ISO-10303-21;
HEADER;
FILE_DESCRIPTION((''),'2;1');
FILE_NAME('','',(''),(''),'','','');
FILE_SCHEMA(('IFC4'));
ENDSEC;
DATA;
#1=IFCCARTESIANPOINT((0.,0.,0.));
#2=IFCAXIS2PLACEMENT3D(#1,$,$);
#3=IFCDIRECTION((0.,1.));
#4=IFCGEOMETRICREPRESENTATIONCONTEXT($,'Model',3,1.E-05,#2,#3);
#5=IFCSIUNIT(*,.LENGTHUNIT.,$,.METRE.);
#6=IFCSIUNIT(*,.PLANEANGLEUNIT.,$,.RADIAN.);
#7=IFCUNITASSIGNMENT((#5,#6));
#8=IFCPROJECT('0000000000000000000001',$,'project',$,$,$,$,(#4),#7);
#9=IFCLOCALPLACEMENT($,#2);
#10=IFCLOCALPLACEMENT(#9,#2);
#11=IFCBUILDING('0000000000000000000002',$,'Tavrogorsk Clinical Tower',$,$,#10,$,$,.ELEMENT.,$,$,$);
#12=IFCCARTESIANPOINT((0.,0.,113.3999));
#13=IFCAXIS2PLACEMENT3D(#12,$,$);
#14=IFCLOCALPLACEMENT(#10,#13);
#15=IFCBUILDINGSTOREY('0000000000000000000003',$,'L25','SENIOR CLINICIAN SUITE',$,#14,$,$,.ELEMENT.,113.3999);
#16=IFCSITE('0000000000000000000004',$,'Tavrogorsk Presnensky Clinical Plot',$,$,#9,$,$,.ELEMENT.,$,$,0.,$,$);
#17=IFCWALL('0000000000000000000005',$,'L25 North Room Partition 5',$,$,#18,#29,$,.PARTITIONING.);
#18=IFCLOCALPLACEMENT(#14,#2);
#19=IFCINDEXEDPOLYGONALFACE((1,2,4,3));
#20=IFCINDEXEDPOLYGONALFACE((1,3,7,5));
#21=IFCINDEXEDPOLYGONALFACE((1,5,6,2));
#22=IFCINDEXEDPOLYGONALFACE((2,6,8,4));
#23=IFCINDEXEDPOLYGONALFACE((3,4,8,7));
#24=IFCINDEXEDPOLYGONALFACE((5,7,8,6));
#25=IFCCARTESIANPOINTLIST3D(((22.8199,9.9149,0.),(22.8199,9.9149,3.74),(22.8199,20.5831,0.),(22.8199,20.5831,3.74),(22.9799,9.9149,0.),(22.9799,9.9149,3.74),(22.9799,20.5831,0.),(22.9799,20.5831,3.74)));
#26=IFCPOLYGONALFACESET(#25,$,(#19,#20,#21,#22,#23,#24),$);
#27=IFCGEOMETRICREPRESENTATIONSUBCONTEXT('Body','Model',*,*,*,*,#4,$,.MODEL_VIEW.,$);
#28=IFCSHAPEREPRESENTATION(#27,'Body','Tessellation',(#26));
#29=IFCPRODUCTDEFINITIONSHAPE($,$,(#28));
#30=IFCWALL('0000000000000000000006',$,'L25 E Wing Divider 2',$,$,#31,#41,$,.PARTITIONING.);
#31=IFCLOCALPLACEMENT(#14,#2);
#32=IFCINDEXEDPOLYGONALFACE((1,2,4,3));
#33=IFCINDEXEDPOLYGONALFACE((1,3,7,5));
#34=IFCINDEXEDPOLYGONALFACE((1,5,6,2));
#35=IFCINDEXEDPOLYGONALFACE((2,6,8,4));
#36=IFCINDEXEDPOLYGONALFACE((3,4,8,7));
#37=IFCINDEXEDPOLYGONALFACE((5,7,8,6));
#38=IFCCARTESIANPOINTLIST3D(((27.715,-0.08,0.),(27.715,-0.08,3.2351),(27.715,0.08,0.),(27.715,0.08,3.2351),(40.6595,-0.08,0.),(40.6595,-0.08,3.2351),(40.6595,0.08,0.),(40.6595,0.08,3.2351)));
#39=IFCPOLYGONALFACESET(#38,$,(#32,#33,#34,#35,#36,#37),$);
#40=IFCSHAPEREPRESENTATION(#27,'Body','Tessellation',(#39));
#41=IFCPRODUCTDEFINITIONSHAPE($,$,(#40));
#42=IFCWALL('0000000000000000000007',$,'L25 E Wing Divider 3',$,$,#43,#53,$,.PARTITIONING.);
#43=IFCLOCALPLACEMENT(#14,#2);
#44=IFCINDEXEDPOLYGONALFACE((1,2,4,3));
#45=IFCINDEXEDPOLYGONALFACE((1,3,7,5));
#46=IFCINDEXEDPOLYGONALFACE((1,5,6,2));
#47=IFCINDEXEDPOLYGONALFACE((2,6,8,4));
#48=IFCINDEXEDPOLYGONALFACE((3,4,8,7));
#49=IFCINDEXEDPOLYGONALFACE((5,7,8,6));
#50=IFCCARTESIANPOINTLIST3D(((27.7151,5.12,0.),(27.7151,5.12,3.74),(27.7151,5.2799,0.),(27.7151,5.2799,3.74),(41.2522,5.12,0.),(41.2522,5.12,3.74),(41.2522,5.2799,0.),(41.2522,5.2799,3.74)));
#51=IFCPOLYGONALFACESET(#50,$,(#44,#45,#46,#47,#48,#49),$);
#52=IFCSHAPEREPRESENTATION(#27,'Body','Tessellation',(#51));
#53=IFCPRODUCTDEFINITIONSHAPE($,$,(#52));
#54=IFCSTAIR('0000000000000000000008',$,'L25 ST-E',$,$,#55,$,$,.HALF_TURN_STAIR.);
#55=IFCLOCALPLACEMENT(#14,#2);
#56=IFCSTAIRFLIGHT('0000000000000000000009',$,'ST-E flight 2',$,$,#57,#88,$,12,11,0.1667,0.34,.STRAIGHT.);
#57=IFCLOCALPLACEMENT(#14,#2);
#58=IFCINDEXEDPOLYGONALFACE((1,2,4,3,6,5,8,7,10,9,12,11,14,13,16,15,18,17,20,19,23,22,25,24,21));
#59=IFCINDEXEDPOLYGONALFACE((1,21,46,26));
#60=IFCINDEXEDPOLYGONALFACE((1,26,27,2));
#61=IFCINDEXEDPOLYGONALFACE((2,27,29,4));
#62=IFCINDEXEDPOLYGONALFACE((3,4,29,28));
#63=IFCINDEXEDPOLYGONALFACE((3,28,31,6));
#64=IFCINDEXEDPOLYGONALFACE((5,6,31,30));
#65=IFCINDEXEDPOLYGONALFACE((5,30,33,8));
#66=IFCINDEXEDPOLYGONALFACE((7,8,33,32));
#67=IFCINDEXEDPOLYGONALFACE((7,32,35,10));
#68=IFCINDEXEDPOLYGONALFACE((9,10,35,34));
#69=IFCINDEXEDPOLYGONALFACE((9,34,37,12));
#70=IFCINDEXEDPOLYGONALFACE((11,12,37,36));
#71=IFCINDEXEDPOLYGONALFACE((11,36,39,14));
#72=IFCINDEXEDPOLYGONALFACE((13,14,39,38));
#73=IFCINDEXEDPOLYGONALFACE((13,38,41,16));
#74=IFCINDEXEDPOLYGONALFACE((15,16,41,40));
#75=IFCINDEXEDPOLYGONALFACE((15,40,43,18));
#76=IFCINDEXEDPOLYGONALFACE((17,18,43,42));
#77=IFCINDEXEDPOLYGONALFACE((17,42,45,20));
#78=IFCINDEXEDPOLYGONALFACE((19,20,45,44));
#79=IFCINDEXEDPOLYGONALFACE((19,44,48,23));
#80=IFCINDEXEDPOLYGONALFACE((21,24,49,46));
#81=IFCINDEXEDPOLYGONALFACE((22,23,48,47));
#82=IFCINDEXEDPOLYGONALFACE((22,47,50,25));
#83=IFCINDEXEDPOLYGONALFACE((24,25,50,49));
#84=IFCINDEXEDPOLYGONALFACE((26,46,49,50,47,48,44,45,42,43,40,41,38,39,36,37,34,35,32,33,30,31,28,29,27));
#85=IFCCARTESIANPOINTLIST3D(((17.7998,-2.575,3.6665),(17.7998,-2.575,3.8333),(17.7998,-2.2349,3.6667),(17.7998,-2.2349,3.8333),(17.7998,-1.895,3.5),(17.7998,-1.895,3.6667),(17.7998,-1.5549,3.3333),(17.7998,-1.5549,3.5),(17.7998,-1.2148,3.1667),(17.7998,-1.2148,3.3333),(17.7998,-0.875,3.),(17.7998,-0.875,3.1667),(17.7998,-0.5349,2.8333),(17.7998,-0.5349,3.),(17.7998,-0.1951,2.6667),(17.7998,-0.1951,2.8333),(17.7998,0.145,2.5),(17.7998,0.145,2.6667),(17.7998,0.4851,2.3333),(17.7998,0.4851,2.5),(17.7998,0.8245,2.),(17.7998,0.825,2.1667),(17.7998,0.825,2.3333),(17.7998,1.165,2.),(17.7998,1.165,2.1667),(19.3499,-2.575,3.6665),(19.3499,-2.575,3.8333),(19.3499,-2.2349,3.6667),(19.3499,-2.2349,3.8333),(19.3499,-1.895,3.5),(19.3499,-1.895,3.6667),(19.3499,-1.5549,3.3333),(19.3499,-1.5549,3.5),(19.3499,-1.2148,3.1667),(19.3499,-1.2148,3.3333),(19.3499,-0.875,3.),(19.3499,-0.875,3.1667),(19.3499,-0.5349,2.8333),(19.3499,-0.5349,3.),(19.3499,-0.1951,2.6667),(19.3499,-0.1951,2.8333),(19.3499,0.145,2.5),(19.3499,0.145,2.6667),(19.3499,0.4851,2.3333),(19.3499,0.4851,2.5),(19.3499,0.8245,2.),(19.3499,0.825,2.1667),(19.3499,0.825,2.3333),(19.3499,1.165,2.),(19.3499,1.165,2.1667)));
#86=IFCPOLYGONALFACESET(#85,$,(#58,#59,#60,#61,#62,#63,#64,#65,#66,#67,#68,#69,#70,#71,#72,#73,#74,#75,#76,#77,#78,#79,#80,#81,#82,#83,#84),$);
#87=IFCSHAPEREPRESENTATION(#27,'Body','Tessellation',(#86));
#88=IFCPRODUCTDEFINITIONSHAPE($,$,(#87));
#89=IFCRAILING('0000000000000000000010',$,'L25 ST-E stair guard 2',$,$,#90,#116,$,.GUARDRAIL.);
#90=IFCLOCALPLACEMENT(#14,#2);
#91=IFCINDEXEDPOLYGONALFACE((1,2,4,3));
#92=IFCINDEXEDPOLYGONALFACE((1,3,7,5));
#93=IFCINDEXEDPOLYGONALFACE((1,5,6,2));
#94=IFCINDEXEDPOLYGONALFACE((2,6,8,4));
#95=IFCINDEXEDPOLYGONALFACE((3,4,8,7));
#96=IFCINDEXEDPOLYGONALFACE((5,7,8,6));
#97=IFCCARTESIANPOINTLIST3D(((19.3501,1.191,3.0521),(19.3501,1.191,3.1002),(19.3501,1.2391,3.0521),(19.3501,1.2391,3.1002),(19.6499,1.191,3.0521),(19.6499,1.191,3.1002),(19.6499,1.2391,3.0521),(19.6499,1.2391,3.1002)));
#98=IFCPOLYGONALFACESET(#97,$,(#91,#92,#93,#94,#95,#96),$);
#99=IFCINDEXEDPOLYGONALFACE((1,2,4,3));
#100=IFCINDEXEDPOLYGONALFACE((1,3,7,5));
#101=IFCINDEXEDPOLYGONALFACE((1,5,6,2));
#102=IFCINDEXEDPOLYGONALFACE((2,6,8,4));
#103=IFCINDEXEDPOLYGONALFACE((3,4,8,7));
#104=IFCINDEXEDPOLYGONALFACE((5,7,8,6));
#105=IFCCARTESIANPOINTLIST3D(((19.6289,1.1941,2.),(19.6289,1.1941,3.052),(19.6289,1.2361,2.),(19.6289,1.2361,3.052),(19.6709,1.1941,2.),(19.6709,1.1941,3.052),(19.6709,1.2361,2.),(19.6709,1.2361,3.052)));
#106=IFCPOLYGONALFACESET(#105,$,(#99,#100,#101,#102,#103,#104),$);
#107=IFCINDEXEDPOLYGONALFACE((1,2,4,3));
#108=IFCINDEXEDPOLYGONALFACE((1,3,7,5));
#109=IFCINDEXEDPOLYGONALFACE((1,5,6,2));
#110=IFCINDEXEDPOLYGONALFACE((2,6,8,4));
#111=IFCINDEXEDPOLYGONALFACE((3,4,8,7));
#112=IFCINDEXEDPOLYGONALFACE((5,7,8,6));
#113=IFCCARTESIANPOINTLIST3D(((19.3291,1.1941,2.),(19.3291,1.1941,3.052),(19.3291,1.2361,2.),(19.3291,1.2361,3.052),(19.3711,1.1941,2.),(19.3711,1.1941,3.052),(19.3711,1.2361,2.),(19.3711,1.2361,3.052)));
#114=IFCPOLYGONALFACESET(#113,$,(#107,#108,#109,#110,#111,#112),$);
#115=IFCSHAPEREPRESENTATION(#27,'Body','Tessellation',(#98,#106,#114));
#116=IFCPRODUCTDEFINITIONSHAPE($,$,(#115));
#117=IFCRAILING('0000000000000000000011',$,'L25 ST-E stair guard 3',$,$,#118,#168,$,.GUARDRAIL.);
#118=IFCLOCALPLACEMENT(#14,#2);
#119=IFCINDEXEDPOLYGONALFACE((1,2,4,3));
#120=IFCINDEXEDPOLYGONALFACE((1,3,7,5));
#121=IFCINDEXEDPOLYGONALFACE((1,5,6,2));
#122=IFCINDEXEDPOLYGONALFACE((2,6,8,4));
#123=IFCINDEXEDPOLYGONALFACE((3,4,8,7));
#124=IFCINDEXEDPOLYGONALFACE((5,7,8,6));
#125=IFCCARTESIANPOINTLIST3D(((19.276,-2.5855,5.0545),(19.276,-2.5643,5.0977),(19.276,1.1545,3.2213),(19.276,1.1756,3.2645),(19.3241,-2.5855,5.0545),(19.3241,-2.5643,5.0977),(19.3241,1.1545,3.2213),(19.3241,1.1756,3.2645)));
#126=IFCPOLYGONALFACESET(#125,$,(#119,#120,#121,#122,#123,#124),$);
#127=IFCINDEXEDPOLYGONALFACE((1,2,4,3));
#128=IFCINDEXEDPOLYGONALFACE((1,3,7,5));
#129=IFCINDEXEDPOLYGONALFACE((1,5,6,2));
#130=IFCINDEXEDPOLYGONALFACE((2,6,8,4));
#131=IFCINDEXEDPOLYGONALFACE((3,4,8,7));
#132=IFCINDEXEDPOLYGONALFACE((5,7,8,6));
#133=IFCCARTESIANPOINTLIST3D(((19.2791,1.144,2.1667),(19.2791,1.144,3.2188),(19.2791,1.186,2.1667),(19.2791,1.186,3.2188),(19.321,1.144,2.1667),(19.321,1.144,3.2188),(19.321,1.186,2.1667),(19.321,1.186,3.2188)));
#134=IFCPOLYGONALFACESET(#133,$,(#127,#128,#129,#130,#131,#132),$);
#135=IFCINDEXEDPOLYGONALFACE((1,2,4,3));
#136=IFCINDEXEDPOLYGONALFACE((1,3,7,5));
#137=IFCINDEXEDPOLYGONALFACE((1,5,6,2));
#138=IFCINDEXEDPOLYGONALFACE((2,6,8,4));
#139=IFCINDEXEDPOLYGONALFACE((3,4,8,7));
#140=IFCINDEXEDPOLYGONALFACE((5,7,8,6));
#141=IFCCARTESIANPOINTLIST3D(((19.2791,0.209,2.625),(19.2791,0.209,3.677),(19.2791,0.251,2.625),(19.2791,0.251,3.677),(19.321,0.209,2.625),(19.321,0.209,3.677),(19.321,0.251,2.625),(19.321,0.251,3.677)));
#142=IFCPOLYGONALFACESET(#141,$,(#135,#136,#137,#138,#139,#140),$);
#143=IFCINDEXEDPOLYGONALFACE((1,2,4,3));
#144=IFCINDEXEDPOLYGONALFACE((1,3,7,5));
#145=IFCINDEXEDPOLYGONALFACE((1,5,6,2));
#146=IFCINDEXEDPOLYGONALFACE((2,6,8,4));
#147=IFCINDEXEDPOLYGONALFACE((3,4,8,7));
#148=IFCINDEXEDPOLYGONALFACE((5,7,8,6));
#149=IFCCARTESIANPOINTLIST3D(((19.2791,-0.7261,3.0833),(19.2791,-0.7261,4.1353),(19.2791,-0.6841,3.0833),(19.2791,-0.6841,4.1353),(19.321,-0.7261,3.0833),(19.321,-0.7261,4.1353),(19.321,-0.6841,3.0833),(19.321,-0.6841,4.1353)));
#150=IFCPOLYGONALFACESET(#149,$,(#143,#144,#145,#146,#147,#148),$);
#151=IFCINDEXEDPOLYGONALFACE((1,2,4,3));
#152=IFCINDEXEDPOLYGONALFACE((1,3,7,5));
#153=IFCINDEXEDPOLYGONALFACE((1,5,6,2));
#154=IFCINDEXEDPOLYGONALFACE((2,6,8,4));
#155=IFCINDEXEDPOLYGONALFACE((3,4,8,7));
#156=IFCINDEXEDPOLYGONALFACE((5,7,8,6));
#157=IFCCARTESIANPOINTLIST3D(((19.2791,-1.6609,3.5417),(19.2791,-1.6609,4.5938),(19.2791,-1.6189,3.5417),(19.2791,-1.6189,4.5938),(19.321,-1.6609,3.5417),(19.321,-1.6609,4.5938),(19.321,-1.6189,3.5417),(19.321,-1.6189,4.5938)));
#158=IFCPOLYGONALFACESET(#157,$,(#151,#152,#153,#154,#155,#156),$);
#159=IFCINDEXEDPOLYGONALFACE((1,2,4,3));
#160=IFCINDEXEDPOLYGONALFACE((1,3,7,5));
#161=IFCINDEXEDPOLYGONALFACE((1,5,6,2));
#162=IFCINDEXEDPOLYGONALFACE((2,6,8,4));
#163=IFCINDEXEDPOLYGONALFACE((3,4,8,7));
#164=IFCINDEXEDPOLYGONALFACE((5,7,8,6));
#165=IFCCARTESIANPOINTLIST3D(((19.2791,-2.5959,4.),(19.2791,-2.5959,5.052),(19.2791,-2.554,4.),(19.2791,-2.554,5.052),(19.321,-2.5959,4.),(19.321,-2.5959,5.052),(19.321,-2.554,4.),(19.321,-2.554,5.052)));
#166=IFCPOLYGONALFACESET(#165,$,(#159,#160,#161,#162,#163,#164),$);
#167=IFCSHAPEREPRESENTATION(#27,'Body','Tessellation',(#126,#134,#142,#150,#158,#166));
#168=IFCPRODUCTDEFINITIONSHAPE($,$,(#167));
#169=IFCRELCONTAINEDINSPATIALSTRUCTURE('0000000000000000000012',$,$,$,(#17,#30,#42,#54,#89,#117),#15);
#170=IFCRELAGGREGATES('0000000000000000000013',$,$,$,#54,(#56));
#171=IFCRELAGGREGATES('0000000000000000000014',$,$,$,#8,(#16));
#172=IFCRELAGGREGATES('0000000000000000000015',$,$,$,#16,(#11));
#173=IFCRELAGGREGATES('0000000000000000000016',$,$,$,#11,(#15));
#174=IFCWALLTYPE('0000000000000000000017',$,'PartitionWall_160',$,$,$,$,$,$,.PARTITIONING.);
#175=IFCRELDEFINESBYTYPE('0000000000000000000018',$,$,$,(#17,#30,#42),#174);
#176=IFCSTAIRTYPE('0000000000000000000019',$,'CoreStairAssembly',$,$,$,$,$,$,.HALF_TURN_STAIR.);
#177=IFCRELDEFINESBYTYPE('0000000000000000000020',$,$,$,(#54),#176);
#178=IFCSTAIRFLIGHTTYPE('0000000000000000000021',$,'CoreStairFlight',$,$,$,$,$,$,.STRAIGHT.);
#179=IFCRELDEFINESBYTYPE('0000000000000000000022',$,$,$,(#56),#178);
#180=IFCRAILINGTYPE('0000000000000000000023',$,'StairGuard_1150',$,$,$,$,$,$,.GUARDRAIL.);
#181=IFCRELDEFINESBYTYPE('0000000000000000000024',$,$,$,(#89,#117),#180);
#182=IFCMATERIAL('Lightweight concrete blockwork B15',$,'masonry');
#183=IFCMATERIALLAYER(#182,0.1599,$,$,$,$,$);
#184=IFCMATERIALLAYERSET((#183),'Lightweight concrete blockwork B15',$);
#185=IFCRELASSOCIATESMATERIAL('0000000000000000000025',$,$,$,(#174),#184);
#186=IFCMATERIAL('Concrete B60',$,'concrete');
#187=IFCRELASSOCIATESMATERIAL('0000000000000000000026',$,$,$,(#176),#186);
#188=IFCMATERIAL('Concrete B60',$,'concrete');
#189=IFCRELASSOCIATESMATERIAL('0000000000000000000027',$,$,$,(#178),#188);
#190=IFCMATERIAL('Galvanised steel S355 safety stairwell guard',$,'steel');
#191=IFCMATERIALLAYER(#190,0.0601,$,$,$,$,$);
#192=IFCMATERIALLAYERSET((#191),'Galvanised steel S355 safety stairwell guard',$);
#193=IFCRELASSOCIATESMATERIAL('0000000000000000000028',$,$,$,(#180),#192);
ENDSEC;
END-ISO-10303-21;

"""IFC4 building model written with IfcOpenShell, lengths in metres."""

from ifc_helpers import new_model, si_unit, direction, frame, frame_2d, origin, origin_2d, place, context, subcontext, project, spatial, polyline, rectangle, outline, extrude, material, layer, layer_set, type_object, element, aggregate, save


model = new_model("IFC4")

# Units and contexts
model_context = context("Model", 3, precision=1e-05, world=origin(), true_north=direction((0.0, 1.0)))
body_context = subcontext(model_context, "Body", "Model", "MODEL_VIEW")
ifc_project = project(units=[si_unit("LENGTHUNIT", "METRE"), si_unit("PLANEANGLEUNIT", "RADIAN")], contexts=[model_context])

# Site, building, storey
site_placement = place(None, origin())
site = spatial("IfcSite", under=ifc_project, at=site_placement, Name="Tavrogorsk Presnensky Clinical Plot", CompositionType="ELEMENT", RefElevation=0.0)
building_placement = place(site_placement, origin())
building = spatial("IfcBuilding", under=site, at=building_placement, Name="Tavrogorsk Clinical Tower", CompositionType="ELEMENT")
storey_placement = place(building_placement, frame((0.0, 0.0, 113.3999)))
storey = spatial("IfcBuildingStorey", under=building, at=storey_placement, Name="L25", Description="SENIOR CLINICIAN SUITE", CompositionType="ELEMENT", Elevation=113.3999)

# Shared definitions
ifc_material_1 = material(Name="Lightweight concrete blockwork B15", Category="masonry")
ifc_layer_1 = layer(ifc_material_1, 0.1599)
ifc_layer_set_1 = layer_set([ifc_layer_1], Name="Lightweight concrete blockwork B15")
wall_type = type_object("IfcWallType", Name="PartitionWall_160", PredefinedType="PARTITIONING", material=ifc_layer_set_1)

# Walls
wall_1_placement = place(storey_placement, frame((22.8999, 9.915, 0.0), z_axis=(0.0, 0.0, 1.0), x_axis=(0.0, 1.0, 0.0)))
element("IfcWall", 1, at=wall_1_placement, inside=storey, type_object=wall_type, Name="L25 North Room Partition 5", PredefinedType="PARTITIONING", context=body_context, shape_type="SweptSolid", body=[
    extrude(rectangle(XDim=10.6682, YDim=0.1599, at=frame_2d((5.334, 0.0))), origin(), (0.0, 0.0, 1.0), 3.74),
])
wall_2_placement = place(storey_placement, frame((27.7151, 0.0, 0.0), z_axis=(0.0, 0.0, 1.0), x_axis=(1.0, 0.0, 0.0)))
element("IfcWall", 2, at=wall_2_placement, inside=storey, type_object=wall_type, Name="L25 E Wing Divider 2", PredefinedType="PARTITIONING", context=body_context, shape_type="SweptSolid", body=[
    extrude(rectangle(XDim=12.9446, YDim=0.1599, at=frame_2d((6.4722, 0.0))), origin(), (0.0, 0.0, 1.0), 3.2351),
])
wall_3_placement = place(storey_placement, frame((27.7151, 5.2, 0.0), z_axis=(0.0, 0.0, 1.0), x_axis=(1.0, 0.0, 0.0)))
element("IfcWall", 3, at=wall_3_placement, inside=storey, type_object=wall_type, Name="L25 E Wing Divider 3", PredefinedType="PARTITIONING", context=body_context, shape_type="SweptSolid", body=[
    extrude(rectangle(XDim=13.5371, YDim=0.1599, at=frame_2d((6.7686, 0.0))), origin(), (0.0, 0.0, 1.0), 3.74),
])

# Stair, stair flight
ifc_material_2 = material(Name="Concrete B60", Category="concrete")
stair_type = type_object("IfcStairType", Name="CoreStairAssembly", PredefinedType="HALF_TURN_STAIR", material=ifc_material_2)
stair_placement = place(storey_placement, origin())
stair = element("IfcStair", 4, at=stair_placement, inside=storey, type_object=stair_type, Name="L25 ST-E", PredefinedType="HALF_TURN_STAIR")
ifc_material_3 = material(Name="Concrete B60", Category="concrete")
stair_flight_type = type_object("IfcStairFlightType", Name="CoreStairFlight", PredefinedType="STRAIGHT", material=ifc_material_3)
stair_flight_placement = place(storey_placement, frame((18.575, 1.165, 2.0), z_axis=(0.0, 0.0, 1.0), x_axis=(0.0, -1.0, 0.0)))
stair_flight = element("IfcStairFlight", 5, at=stair_flight_placement, type_object=stair_flight_type, Name="ST-E flight 2", NumberOfRisers=12, NumberOfTreads=11, PredefinedType="STRAIGHT", RiserHeight=0.1667, TreadLength=0.34, context=body_context, shape_type="SweptSolid", body=[
    extrude(outline(polyline([(0.0, 0.0), (0.0, 0.1667), (0.3401, 0.1667), (0.3401, 0.3333), (0.6799, 0.3333), (0.6799, 0.5), (1.02, 0.5), (1.02, 0.6667), (1.3601, 0.6667), (1.3601, 0.8333), (1.7, 0.8333), (1.7, 1.0), (2.04, 1.0), (2.04, 1.1667), (2.3799, 1.1667), (2.3799, 1.3333), (2.72, 1.3333), (2.72, 1.5), (3.0601, 1.5), (3.0601, 1.6667), (3.3999, 1.6667), (3.3999, 1.8333), (3.74, 1.8333), (3.74, 2.0), (3.74, 1.6665), (0.3406, 0.0), (0.0, 0.0)])), frame((0.0, 0.7749, 0.0), z_axis=(0.0, -1.0, 0.0), x_axis=(1.0, 0.0, 0.0)), (0.0, 0.0, 1.0), 1.55),
])
aggregate(stair, [stair_flight])

# Railings
ifc_material_4 = material(Name="Galvanised steel S355 safety stairwell guard", Category="steel")
ifc_layer_2 = layer(ifc_material_4, 0.0601)
ifc_layer_set_2 = layer_set([ifc_layer_2], Name="Galvanised steel S355 safety stairwell guard")
railing_type = type_object("IfcRailingType", Name="StairGuard_1150", PredefinedType="GUARDRAIL", material=ifc_layer_set_2)
railing_1_placement = place(storey_placement, frame((19.6499, 1.2151, 2.0)))
element("IfcRailing", 6, at=railing_1_placement, inside=storey, type_object=railing_type, Name="L25 ST-E stair guard 2", PredefinedType="GUARDRAIL", context=body_context, shape_type="SweptSolid", body=[
    extrude(rectangle(XDim=0.0481, YDim=0.0481, at=origin_2d()), frame((0.0, 0.0, 1.0762), z_axis=(-1.0, 0.0, 0.0), x_axis=(0.0, -1.0, 0.0)), (0.0, 0.0, 1.0), 0.2998),
    extrude(rectangle(XDim=0.042, YDim=0.042, at=origin_2d()), origin(), (0.0, 0.0, 1.0), 1.052),
    extrude(rectangle(XDim=0.042, YDim=0.042, at=origin_2d()), frame((-0.2998, 0.0, 0.0)), (0.0, 0.0, 1.0), 1.052),
])
railing_2_placement = place(storey_placement, frame((19.3, 1.165, 2.1667)))
element("IfcRailing", 7, at=railing_2_placement, inside=storey, type_object=railing_type, Name="L25 ST-E stair guard 3", PredefinedType="GUARDRAIL", context=body_context, shape_type="SweptSolid", body=[
    extrude(rectangle(XDim=0.0481, YDim=0.0481, at=origin_2d()), frame((0.0, 0.0, 1.0762), z_axis=(0.0, -0.897928, 0.440142), x_axis=(1.0, 0.0, 0.0)), (0.0, 0.0, 1.0), 4.165),
    extrude(rectangle(XDim=0.042, YDim=0.042, at=origin_2d()), origin(), (0.0, 0.0, 1.0), 1.052),
    extrude(rectangle(XDim=0.042, YDim=0.042, at=origin_2d()), frame((0.0, -0.9351, 0.4583)), (0.0, 0.0, 1.0), 1.052),
    extrude(rectangle(XDim=0.042, YDim=0.042, at=origin_2d()), frame((0.0, -1.8701, 0.9165)), (0.0, 0.0, 1.0), 1.052),
    extrude(rectangle(XDim=0.042, YDim=0.042, at=origin_2d()), frame((0.0, -2.8049, 1.375)), (0.0, 0.0, 1.0), 1.052),
    extrude(rectangle(XDim=0.042, YDim=0.042, at=origin_2d()), frame((0.0, -3.74, 1.8333)), (0.0, 0.0, 1.0), 1.052),
])

save(model, "model.ifc")
